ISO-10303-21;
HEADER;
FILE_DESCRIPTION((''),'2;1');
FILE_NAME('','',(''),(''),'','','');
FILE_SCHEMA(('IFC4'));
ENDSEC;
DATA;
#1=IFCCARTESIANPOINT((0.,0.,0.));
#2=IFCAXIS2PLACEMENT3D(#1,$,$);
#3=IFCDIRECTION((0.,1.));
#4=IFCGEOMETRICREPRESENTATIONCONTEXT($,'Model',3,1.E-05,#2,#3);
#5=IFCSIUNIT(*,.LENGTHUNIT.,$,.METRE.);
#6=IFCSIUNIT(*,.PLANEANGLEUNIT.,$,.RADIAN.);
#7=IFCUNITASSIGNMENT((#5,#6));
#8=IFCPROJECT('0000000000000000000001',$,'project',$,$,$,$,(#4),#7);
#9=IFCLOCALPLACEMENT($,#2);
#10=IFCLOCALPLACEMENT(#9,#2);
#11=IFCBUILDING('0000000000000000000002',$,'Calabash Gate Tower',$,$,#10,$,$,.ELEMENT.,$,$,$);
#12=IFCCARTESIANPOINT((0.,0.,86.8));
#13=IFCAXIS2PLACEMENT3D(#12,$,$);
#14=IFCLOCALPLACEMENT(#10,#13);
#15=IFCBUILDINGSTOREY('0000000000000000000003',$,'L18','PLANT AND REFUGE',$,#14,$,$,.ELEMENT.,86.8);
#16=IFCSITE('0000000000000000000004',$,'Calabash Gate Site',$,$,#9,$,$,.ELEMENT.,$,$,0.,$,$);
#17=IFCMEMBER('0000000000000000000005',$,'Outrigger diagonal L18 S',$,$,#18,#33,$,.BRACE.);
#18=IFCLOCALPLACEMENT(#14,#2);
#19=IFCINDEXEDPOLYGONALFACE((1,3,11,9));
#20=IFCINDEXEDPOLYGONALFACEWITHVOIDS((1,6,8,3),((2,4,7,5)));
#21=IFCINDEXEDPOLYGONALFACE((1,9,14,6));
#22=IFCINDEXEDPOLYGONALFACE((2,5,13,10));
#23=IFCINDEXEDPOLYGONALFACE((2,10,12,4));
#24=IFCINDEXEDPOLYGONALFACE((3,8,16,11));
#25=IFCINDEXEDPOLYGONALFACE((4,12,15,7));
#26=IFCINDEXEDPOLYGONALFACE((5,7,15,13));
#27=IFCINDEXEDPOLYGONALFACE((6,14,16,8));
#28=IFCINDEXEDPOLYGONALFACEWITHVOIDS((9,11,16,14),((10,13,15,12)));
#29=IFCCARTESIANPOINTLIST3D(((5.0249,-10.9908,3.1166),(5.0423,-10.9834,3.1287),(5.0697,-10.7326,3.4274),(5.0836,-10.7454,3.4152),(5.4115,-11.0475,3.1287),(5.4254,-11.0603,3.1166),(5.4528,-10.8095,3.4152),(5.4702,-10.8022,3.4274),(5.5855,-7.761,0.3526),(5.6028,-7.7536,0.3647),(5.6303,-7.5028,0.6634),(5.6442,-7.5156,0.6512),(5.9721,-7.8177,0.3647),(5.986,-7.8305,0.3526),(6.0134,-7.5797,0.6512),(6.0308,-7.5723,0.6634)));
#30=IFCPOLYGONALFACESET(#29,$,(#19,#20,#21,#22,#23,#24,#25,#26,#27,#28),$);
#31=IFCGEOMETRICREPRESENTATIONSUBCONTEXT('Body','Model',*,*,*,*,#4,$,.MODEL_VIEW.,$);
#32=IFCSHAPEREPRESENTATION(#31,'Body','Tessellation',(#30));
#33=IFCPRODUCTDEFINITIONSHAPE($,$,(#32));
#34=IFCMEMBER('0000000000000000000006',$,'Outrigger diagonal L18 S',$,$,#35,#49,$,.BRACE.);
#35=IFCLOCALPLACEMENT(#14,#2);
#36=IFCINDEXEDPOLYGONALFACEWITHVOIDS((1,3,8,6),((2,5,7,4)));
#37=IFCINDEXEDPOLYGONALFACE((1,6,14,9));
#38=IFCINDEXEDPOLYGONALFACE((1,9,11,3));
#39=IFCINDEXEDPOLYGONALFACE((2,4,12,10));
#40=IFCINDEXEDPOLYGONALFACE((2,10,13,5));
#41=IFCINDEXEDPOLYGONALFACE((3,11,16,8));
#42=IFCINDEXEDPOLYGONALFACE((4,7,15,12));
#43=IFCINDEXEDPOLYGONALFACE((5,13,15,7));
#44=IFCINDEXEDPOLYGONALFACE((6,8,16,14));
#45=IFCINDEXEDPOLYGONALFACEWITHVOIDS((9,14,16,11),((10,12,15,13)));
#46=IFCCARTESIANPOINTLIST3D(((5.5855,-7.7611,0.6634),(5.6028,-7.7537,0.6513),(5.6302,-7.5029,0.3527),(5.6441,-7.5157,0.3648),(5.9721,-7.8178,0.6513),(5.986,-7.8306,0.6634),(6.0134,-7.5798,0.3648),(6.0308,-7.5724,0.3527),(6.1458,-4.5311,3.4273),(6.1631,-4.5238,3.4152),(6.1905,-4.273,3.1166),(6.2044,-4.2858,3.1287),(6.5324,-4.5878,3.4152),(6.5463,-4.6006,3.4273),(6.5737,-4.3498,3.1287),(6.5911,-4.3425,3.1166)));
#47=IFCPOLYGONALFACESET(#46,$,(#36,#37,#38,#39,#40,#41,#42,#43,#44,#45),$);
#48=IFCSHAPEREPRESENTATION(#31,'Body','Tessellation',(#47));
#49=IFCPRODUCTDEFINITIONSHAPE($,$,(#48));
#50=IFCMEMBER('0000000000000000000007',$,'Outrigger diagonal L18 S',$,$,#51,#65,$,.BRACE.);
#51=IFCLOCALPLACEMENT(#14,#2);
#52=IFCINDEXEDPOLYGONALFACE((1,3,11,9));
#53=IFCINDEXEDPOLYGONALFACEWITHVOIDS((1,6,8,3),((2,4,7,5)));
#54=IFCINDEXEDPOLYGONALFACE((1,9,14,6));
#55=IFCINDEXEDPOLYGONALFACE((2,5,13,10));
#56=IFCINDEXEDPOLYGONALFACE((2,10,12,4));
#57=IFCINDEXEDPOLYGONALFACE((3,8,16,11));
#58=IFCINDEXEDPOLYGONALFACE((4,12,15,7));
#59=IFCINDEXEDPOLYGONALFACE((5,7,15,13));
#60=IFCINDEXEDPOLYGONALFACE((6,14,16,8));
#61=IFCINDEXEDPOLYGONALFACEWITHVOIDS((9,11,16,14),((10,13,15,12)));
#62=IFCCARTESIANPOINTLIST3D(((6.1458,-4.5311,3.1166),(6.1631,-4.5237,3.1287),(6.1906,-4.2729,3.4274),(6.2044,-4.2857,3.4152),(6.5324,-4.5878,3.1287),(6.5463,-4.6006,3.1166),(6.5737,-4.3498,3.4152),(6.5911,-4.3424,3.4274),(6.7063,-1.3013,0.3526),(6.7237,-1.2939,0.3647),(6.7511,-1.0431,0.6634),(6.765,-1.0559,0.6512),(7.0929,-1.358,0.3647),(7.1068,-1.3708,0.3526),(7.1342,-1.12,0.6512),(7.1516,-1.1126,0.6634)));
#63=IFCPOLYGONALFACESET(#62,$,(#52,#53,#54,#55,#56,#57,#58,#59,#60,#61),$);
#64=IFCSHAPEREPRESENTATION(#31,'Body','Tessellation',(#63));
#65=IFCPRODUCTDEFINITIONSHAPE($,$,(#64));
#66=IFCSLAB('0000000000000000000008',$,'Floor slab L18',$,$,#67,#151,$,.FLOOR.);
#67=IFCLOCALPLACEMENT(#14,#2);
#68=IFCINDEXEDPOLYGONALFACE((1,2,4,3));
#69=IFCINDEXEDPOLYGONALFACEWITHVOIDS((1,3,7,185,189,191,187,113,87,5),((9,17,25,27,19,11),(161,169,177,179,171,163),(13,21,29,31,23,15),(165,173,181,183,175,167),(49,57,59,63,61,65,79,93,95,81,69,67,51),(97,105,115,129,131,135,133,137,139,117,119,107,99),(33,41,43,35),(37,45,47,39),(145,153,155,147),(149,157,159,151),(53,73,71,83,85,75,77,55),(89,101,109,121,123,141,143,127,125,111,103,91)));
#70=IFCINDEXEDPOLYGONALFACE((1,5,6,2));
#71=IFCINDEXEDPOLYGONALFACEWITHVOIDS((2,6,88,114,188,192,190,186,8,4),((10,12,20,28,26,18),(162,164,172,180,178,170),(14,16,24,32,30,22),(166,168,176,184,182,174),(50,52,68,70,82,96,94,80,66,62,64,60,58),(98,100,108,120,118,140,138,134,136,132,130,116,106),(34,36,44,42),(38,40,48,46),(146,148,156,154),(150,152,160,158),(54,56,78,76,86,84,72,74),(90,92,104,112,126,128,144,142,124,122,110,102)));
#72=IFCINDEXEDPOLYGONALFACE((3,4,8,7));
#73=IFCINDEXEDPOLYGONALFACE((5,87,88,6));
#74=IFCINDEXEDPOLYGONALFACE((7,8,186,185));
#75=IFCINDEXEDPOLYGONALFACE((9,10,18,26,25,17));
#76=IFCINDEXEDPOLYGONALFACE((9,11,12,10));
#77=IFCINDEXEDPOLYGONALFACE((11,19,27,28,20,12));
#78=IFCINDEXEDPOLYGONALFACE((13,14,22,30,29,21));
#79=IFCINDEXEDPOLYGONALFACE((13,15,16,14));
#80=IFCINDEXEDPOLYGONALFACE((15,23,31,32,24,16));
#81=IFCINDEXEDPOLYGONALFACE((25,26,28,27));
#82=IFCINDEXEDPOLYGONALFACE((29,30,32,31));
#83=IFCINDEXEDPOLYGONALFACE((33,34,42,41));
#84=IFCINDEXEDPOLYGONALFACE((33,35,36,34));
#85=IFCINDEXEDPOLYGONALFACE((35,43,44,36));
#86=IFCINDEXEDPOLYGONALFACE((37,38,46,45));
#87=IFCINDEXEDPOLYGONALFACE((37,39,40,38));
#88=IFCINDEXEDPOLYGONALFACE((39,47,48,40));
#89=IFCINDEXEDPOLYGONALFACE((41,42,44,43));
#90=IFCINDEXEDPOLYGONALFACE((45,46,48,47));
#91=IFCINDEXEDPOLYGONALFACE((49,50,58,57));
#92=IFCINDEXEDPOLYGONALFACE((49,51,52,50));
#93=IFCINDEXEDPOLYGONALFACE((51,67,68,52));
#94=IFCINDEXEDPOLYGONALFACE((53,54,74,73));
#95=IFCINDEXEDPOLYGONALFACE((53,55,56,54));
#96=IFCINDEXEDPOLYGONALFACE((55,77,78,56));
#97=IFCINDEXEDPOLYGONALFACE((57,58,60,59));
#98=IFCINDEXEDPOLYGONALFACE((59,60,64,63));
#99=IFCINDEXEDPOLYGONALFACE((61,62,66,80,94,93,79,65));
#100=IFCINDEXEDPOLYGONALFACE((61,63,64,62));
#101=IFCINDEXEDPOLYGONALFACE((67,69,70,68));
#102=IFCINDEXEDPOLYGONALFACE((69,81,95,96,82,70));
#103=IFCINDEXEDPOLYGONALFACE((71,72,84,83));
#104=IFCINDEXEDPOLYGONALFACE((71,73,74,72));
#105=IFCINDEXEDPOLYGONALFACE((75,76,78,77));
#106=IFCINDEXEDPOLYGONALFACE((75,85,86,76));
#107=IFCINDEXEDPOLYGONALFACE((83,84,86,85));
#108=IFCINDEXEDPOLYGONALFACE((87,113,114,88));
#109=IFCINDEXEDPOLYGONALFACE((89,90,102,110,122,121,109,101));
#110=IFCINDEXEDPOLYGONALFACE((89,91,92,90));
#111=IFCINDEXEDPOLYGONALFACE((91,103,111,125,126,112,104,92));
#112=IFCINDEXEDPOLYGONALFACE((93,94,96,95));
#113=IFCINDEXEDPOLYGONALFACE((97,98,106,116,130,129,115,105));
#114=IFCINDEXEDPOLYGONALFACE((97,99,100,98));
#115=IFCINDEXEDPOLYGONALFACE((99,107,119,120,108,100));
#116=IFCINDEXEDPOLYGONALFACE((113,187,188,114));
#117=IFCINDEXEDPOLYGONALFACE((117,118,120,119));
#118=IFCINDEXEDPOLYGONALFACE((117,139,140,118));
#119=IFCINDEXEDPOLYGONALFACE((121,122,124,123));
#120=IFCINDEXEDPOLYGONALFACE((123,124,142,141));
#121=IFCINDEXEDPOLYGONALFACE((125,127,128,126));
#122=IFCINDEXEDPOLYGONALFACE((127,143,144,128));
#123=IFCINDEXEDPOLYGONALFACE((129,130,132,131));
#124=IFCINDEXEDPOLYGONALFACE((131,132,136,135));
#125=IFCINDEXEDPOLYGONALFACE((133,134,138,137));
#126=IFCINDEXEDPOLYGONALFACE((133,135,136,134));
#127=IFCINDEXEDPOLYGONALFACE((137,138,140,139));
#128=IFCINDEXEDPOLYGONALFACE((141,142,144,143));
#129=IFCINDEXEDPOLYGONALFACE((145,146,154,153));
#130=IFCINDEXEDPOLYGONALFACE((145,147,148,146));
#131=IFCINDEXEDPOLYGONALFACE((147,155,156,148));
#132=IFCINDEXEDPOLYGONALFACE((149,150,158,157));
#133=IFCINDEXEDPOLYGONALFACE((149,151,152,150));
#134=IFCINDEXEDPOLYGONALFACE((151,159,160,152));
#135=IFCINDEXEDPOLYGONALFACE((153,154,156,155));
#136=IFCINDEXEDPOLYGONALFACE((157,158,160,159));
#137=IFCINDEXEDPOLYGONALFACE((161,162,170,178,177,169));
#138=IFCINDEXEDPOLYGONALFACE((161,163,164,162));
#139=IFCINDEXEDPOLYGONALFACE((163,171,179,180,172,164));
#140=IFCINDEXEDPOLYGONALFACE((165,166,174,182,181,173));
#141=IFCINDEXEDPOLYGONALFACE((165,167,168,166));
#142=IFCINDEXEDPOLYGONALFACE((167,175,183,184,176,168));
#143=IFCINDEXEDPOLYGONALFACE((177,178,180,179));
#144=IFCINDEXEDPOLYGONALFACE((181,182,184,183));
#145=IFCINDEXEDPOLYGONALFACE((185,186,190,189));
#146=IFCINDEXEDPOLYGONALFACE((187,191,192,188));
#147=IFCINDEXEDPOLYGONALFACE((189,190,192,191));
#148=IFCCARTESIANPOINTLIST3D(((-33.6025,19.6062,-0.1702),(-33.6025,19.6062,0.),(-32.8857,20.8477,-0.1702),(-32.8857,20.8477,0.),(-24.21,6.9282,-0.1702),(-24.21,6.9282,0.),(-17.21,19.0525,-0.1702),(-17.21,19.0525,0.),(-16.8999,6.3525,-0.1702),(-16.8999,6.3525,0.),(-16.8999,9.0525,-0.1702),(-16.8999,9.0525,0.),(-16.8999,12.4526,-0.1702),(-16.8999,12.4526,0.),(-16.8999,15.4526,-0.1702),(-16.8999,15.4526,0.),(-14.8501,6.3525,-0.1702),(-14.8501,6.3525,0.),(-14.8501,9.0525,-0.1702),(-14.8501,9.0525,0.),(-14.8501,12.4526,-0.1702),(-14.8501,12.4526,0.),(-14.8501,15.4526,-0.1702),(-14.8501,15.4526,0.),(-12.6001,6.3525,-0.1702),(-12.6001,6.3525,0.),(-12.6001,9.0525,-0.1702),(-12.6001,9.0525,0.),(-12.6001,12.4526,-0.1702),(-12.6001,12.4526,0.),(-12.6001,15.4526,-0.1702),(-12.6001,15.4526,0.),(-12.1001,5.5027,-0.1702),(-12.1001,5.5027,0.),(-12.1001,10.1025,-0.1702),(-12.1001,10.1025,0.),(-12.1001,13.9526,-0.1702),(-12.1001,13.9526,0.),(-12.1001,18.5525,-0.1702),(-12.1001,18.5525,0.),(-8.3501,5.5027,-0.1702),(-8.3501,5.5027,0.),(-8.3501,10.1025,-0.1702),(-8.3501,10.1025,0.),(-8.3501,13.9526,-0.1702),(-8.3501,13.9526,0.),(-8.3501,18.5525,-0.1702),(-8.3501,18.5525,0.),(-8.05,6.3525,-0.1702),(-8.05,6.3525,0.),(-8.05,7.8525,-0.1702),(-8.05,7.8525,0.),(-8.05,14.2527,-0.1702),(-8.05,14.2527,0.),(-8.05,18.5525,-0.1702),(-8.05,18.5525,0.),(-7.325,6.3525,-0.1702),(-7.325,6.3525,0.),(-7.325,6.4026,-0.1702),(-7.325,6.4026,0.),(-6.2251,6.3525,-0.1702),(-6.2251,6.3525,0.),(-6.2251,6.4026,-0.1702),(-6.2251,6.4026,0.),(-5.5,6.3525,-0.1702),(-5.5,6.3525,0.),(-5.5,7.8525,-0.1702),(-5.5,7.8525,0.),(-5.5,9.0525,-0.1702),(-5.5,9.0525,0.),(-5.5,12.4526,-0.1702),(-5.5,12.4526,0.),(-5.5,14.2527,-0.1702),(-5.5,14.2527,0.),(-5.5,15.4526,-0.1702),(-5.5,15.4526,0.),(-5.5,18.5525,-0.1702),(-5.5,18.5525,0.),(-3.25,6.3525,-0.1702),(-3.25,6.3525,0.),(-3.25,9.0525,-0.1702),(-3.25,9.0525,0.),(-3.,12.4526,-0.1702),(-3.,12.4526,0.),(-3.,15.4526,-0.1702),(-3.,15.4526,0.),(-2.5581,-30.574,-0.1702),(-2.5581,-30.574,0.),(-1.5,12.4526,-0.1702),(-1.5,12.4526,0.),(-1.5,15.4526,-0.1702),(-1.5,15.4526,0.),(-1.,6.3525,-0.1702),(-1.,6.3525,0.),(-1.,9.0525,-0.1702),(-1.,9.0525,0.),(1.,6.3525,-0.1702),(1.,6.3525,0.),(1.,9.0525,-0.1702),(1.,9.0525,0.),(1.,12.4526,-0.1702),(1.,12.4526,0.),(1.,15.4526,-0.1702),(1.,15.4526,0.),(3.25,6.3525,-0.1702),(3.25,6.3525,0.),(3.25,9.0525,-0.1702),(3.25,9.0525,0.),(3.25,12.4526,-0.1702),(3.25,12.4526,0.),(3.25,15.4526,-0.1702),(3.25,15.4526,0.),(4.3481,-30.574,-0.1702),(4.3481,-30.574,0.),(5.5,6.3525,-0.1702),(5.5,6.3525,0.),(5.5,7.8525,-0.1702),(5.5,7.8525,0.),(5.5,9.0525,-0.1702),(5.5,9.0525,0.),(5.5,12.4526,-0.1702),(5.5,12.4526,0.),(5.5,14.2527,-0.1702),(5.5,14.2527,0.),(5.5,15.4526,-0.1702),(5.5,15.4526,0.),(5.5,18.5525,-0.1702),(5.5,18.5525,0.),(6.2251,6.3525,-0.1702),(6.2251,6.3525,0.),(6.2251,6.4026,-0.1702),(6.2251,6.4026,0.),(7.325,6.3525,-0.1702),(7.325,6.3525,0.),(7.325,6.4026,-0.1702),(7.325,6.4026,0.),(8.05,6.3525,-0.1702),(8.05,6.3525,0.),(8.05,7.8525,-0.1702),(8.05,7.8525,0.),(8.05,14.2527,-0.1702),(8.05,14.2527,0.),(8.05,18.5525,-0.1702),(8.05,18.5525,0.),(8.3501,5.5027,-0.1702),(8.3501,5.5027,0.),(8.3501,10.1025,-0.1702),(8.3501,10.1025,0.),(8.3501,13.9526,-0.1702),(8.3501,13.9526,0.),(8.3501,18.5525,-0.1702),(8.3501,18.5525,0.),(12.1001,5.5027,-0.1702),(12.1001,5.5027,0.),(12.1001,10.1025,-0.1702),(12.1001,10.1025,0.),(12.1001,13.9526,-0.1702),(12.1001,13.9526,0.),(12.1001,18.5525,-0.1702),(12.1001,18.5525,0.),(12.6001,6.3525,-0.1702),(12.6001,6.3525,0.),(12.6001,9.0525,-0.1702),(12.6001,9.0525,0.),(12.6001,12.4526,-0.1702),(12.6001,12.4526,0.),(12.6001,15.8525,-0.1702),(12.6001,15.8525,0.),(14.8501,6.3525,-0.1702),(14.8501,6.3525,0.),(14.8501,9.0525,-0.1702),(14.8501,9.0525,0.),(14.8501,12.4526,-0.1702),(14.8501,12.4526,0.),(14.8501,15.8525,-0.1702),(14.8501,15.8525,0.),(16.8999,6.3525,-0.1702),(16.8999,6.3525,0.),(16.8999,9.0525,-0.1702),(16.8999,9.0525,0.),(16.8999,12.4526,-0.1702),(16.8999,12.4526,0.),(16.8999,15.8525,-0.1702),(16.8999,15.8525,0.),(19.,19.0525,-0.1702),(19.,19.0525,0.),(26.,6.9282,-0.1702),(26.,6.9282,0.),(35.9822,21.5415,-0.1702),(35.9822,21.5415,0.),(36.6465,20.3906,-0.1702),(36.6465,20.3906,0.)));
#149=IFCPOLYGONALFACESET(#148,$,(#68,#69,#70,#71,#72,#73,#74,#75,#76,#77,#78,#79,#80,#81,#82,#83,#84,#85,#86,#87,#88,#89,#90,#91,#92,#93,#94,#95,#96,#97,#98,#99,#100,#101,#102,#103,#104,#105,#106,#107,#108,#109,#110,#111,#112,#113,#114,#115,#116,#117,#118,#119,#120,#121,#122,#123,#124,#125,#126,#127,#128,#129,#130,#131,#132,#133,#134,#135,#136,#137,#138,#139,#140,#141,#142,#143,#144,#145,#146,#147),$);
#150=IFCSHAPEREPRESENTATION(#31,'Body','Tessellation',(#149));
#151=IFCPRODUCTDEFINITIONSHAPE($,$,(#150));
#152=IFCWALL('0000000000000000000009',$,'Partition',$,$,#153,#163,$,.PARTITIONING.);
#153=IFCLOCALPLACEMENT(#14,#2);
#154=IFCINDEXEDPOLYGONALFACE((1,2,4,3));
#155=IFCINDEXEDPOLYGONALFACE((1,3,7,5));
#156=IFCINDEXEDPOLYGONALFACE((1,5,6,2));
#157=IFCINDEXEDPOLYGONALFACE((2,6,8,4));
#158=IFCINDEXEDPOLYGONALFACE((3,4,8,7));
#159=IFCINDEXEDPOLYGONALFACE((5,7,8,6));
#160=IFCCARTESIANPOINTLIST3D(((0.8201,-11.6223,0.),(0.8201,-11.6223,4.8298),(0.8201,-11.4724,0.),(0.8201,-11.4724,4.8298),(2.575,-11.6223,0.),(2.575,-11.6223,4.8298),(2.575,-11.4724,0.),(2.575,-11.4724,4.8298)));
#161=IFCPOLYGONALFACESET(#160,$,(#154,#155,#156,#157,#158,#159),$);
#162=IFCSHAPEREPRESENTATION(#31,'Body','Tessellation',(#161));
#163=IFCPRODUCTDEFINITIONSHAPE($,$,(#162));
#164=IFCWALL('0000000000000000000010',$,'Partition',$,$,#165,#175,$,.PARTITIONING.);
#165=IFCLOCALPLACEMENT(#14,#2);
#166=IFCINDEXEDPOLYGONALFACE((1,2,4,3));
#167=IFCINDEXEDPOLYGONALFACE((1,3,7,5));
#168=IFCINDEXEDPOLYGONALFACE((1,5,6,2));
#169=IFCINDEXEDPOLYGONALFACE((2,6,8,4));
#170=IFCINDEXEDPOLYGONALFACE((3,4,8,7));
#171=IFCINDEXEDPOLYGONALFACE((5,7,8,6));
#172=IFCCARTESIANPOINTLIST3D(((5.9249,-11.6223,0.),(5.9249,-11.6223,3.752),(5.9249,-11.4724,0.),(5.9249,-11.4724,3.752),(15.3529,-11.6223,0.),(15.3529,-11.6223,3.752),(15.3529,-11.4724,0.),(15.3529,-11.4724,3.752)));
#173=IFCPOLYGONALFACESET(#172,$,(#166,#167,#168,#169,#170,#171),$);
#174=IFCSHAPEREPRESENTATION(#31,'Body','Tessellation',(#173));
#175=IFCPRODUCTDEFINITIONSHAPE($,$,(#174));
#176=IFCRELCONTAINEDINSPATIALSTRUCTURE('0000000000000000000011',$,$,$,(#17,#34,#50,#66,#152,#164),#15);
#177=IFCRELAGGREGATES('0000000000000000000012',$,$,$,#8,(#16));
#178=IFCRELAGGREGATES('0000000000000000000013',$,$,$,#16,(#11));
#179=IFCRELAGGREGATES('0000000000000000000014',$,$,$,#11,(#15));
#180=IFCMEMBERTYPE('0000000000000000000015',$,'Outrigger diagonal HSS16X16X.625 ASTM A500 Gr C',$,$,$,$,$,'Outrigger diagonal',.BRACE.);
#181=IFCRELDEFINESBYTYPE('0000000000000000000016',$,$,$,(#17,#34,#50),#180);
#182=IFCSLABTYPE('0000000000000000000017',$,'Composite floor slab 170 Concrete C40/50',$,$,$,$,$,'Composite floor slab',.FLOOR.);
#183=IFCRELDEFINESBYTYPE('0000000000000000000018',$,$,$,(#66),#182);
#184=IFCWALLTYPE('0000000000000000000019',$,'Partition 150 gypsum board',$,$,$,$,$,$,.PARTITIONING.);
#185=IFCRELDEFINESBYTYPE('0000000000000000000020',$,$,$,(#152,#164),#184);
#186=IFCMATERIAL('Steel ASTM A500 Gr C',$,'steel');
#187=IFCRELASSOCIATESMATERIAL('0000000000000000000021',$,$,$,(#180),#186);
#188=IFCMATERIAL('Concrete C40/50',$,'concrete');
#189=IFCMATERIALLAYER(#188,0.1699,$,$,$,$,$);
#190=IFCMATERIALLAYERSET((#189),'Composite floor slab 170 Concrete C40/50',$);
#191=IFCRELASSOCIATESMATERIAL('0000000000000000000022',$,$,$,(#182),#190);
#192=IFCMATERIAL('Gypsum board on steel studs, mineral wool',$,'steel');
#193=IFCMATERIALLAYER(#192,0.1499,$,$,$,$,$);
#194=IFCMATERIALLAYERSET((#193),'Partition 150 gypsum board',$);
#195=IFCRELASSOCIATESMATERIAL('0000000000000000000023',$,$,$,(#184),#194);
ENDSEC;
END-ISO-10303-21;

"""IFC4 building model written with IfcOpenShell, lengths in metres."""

from ifc_helpers import new_model, si_unit, direction, frame, frame_2d, origin, origin_2d, place, context, subcontext, project, spatial, polyline, rectangle, hollow_rectangle, outline, extrude, material, layer, layer_set, material_profile, profile_set, type_object, element, save


model = new_model("IFC4")

# Units and contexts
model_context = context("Model", 3, precision=1e-05, world=origin(), true_north=direction((0.0, 1.0)))
body_context = subcontext(model_context, "Body", "Model", "MODEL_VIEW")
ifc_project = project(units=[si_unit("LENGTHUNIT", "METRE"), si_unit("PLANEANGLEUNIT", "RADIAN")], contexts=[model_context])

# Site, building, storey
site_placement = place(None, origin())
site = spatial("IfcSite", under=ifc_project, at=site_placement, Name="Calabash Gate Site", CompositionType="ELEMENT", RefElevation=0.0)
building_placement = place(site_placement, origin())
building = spatial("IfcBuilding", under=site, at=building_placement, Name="Calabash Gate Tower", CompositionType="ELEMENT")
storey_placement = place(building_placement, frame((0.0, 0.0, 86.8)))
storey = spatial("IfcBuildingStorey", under=building, at=storey_placement, Name="L18", Description="PLANT AND REFUGE", CompositionType="ELEMENT", Elevation=86.8)

# Members
ifc_material_1 = material(Name="Steel ASTM A500 Gr C", Category="steel")
ifc_material_profile_1 = material_profile(ifc_material_1, hollow_rectangle(XDim=0.4065, YDim=0.4065, WallThickness=0.0159, at=origin_2d()))
ifc_profile_set_1 = profile_set([ifc_material_profile_1], Name="Steel ASTM A500 Gr C")
member_type = type_object("IfcMemberType", Name="Outrigger diagonal HSS16X16X.625 ASTM A500 Gr C", ElementType="Outrigger diagonal", PredefinedType="BRACE", material=ifc_profile_set_1)
for number, where, z_axis, x_axis, name in (
    (1, (5.2476, -10.8965, 3.272), (0.130733, 0.753251, -0.64461), (-0.985271, 0.171002, 0.0), "Outrigger diagonal L18 S"),
    (2, (5.8081, -7.6667, 0.5081), (0.130671, 0.753281, 0.644587), (-0.985285, 0.170917, 0.0), "Outrigger diagonal L18 S"),
    (3, (6.3684, -4.4368, 3.272), (0.130733, 0.753251, -0.64461), (-0.985271, 0.171002, 0.0), "Outrigger diagonal L18 S"),
):
    element("IfcMember", number, at=place(storey_placement, frame(where, z_axis=z_axis, x_axis=x_axis)), inside=storey, type_object=member_type, Name=name, PredefinedType="BRACE", context=body_context, shape_type="SweptSolid", body=[
        extrude(hollow_rectangle(XDim=0.4065, YDim=0.4065, WallThickness=0.0159, at=origin_2d()), origin(), (0.0, 0.0, 1.0), 4.2878),
    ])

# Slab
ifc_material_2 = material(Name="Concrete C40/50", Category="concrete")
ifc_layer_1 = layer(ifc_material_2, 0.1699)
ifc_layer_set_1 = layer_set([ifc_layer_1], Name="Composite floor slab 170 Concrete C40/50")
slab_type = type_object("IfcSlabType", Name="Composite floor slab 170 Concrete C40/50", ElementType="Composite floor slab", PredefinedType="FLOOR", material=ifc_layer_set_1)
slab_placement = place(storey_placement, frame((0.0, 0.0, -0.1702)))
element("IfcSlab", 4, at=slab_placement, inside=storey, type_object=slab_type, Name="Floor slab L18", PredefinedType="FLOOR", context=body_context, shape_type="SweptSolid", body=[
    extrude(outline(polyline([(19.0, 19.0525), (35.9822, 21.5415), (36.6465, 20.3906), (26.0, 6.9282), (4.3481, -30.574), (-2.5581, -30.574), (-24.21, 6.9282), (-33.6025, 19.6062), (-32.8857, 20.8477), (-17.21, 19.0525), (19.0, 19.0525)]), holes=[polyline([(-5.5, 9.0525), (-5.5, 7.8525), (-8.05, 7.8525), (-8.05, 6.3525), (-7.325, 6.3525), (-7.325, 6.4026), (-6.2251, 6.4026), (-6.2251, 6.3525), (-5.5, 6.3525), (-3.25, 6.3525), (-1.0, 6.3525), (-1.0, 9.0525), (-3.25, 9.0525), (-5.5, 9.0525)]), polyline([(5.5, 9.0525), (3.25, 9.0525), (1.0, 9.0525), (1.0, 6.3525), (3.25, 6.3525), (5.5, 6.3525), (6.2251, 6.3525), (6.2251, 6.4026), (7.325, 6.4026), (7.325, 6.3525), (8.05, 6.3525), (8.05, 7.8525), (5.5, 7.8525), (5.5, 9.0525)]), polyline([(-5.5, 14.2527), (-5.5, 12.4526), (-3.0, 12.4526), (-3.0, 15.4526), (-5.5, 15.4526), (-5.5, 18.5525), (-8.05, 18.5525), (-8.05, 14.2527), (-5.5, 14.2527)]), polyline([(8.05, 18.5525), (5.5, 18.5525), (5.5, 15.4526), (3.25, 15.4526), (1.0, 15.4526), (-1.5, 15.4526), (-1.5, 12.4526), (1.0, 12.4526), (3.25, 12.4526), (5.5, 12.4526), (5.5, 14.2527), (8.05, 14.2527), (8.05, 18.5525)]), polyline([(-12.6001, 6.3525), (-12.6001, 9.0525), (-14.8501, 9.0525), (-16.8999, 9.0525), (-16.8999, 6.3525), (-14.8501, 6.3525), (-12.6001, 6.3525)]), polyline([(-14.8501, 12.4526), (-12.6001, 12.4526), (-12.6001, 15.4526), (-14.8501, 15.4526), (-16.8999, 15.4526), (-16.8999, 12.4526), (-14.8501, 12.4526)]), polyline([(14.8501, 6.3525), (16.8999, 6.3525), (16.8999, 9.0525), (14.8501, 9.0525), (12.6001, 9.0525), (12.6001, 6.3525), (14.8501, 6.3525)]), polyline([(14.8501, 12.4526), (16.8999, 12.4526), (16.8999, 15.8525), (14.8501, 15.8525), (12.6001, 15.8525), (12.6001, 12.4526), (14.8501, 12.4526)]), polyline([(-8.3501, 18.5525), (-12.1001, 18.5525), (-12.1001, 13.9526), (-8.3501, 13.9526), (-8.3501, 18.5525)]), polyline([(-12.1001, 10.1025), (-12.1001, 5.5027), (-8.3501, 5.5027), (-8.3501, 10.1025), (-12.1001, 10.1025)]), polyline([(8.3501, 13.9526), (12.1001, 13.9526), (12.1001, 18.5525), (8.3501, 18.5525), (8.3501, 13.9526)]), polyline([(12.1001, 5.5027), (12.1001, 10.1025), (8.3501, 10.1025), (8.3501, 5.5027), (12.1001, 5.5027)])]), origin(), (0.0, 0.0, 1.0), 0.1702),
])

# Walls
ifc_material_3 = material(Name="Gypsum board on steel studs, mineral wool", Category="steel")
ifc_layer_2 = layer(ifc_material_3, 0.1499)
ifc_layer_set_2 = layer_set([ifc_layer_2], Name="Partition 150 gypsum board")
wall_type_1 = type_object("IfcWallType", Name="Partition 150 gypsum board", PredefinedType="PARTITIONING", material=ifc_layer_set_2)
wall_1_placement = place(storey_placement, frame((0.8201, -11.5474, 0.0), z_axis=(0.0, 0.0, 1.0), x_axis=(1.0, 0.0, 0.0)))
element("IfcWall", 5, at=wall_1_placement, inside=storey, type_object=wall_type_1, Name="Partition", PredefinedType="PARTITIONING", context=body_context, shape_type="SweptSolid", body=[
    extrude(rectangle(XDim=1.7549, YDim=0.1499, at=frame_2d((0.8774, 0.0))), origin(), (0.0, 0.0, 1.0), 4.8298),
])
wall_2_placement = place(storey_placement, frame((5.925, -11.5474, 0.0), z_axis=(0.0, 0.0, 1.0), x_axis=(1.0, 0.0, 0.0)))
element("IfcWall", 6, at=wall_2_placement, inside=storey, type_object=wall_type_1, Name="Partition", PredefinedType="PARTITIONING", context=body_context, shape_type="SweptSolid", body=[
    extrude(rectangle(XDim=9.428, YDim=0.1499, at=frame_2d((4.7139, 0.0))), origin(), (0.0, 0.0, 1.0), 3.752),
])

save(model, "model.ifc")
